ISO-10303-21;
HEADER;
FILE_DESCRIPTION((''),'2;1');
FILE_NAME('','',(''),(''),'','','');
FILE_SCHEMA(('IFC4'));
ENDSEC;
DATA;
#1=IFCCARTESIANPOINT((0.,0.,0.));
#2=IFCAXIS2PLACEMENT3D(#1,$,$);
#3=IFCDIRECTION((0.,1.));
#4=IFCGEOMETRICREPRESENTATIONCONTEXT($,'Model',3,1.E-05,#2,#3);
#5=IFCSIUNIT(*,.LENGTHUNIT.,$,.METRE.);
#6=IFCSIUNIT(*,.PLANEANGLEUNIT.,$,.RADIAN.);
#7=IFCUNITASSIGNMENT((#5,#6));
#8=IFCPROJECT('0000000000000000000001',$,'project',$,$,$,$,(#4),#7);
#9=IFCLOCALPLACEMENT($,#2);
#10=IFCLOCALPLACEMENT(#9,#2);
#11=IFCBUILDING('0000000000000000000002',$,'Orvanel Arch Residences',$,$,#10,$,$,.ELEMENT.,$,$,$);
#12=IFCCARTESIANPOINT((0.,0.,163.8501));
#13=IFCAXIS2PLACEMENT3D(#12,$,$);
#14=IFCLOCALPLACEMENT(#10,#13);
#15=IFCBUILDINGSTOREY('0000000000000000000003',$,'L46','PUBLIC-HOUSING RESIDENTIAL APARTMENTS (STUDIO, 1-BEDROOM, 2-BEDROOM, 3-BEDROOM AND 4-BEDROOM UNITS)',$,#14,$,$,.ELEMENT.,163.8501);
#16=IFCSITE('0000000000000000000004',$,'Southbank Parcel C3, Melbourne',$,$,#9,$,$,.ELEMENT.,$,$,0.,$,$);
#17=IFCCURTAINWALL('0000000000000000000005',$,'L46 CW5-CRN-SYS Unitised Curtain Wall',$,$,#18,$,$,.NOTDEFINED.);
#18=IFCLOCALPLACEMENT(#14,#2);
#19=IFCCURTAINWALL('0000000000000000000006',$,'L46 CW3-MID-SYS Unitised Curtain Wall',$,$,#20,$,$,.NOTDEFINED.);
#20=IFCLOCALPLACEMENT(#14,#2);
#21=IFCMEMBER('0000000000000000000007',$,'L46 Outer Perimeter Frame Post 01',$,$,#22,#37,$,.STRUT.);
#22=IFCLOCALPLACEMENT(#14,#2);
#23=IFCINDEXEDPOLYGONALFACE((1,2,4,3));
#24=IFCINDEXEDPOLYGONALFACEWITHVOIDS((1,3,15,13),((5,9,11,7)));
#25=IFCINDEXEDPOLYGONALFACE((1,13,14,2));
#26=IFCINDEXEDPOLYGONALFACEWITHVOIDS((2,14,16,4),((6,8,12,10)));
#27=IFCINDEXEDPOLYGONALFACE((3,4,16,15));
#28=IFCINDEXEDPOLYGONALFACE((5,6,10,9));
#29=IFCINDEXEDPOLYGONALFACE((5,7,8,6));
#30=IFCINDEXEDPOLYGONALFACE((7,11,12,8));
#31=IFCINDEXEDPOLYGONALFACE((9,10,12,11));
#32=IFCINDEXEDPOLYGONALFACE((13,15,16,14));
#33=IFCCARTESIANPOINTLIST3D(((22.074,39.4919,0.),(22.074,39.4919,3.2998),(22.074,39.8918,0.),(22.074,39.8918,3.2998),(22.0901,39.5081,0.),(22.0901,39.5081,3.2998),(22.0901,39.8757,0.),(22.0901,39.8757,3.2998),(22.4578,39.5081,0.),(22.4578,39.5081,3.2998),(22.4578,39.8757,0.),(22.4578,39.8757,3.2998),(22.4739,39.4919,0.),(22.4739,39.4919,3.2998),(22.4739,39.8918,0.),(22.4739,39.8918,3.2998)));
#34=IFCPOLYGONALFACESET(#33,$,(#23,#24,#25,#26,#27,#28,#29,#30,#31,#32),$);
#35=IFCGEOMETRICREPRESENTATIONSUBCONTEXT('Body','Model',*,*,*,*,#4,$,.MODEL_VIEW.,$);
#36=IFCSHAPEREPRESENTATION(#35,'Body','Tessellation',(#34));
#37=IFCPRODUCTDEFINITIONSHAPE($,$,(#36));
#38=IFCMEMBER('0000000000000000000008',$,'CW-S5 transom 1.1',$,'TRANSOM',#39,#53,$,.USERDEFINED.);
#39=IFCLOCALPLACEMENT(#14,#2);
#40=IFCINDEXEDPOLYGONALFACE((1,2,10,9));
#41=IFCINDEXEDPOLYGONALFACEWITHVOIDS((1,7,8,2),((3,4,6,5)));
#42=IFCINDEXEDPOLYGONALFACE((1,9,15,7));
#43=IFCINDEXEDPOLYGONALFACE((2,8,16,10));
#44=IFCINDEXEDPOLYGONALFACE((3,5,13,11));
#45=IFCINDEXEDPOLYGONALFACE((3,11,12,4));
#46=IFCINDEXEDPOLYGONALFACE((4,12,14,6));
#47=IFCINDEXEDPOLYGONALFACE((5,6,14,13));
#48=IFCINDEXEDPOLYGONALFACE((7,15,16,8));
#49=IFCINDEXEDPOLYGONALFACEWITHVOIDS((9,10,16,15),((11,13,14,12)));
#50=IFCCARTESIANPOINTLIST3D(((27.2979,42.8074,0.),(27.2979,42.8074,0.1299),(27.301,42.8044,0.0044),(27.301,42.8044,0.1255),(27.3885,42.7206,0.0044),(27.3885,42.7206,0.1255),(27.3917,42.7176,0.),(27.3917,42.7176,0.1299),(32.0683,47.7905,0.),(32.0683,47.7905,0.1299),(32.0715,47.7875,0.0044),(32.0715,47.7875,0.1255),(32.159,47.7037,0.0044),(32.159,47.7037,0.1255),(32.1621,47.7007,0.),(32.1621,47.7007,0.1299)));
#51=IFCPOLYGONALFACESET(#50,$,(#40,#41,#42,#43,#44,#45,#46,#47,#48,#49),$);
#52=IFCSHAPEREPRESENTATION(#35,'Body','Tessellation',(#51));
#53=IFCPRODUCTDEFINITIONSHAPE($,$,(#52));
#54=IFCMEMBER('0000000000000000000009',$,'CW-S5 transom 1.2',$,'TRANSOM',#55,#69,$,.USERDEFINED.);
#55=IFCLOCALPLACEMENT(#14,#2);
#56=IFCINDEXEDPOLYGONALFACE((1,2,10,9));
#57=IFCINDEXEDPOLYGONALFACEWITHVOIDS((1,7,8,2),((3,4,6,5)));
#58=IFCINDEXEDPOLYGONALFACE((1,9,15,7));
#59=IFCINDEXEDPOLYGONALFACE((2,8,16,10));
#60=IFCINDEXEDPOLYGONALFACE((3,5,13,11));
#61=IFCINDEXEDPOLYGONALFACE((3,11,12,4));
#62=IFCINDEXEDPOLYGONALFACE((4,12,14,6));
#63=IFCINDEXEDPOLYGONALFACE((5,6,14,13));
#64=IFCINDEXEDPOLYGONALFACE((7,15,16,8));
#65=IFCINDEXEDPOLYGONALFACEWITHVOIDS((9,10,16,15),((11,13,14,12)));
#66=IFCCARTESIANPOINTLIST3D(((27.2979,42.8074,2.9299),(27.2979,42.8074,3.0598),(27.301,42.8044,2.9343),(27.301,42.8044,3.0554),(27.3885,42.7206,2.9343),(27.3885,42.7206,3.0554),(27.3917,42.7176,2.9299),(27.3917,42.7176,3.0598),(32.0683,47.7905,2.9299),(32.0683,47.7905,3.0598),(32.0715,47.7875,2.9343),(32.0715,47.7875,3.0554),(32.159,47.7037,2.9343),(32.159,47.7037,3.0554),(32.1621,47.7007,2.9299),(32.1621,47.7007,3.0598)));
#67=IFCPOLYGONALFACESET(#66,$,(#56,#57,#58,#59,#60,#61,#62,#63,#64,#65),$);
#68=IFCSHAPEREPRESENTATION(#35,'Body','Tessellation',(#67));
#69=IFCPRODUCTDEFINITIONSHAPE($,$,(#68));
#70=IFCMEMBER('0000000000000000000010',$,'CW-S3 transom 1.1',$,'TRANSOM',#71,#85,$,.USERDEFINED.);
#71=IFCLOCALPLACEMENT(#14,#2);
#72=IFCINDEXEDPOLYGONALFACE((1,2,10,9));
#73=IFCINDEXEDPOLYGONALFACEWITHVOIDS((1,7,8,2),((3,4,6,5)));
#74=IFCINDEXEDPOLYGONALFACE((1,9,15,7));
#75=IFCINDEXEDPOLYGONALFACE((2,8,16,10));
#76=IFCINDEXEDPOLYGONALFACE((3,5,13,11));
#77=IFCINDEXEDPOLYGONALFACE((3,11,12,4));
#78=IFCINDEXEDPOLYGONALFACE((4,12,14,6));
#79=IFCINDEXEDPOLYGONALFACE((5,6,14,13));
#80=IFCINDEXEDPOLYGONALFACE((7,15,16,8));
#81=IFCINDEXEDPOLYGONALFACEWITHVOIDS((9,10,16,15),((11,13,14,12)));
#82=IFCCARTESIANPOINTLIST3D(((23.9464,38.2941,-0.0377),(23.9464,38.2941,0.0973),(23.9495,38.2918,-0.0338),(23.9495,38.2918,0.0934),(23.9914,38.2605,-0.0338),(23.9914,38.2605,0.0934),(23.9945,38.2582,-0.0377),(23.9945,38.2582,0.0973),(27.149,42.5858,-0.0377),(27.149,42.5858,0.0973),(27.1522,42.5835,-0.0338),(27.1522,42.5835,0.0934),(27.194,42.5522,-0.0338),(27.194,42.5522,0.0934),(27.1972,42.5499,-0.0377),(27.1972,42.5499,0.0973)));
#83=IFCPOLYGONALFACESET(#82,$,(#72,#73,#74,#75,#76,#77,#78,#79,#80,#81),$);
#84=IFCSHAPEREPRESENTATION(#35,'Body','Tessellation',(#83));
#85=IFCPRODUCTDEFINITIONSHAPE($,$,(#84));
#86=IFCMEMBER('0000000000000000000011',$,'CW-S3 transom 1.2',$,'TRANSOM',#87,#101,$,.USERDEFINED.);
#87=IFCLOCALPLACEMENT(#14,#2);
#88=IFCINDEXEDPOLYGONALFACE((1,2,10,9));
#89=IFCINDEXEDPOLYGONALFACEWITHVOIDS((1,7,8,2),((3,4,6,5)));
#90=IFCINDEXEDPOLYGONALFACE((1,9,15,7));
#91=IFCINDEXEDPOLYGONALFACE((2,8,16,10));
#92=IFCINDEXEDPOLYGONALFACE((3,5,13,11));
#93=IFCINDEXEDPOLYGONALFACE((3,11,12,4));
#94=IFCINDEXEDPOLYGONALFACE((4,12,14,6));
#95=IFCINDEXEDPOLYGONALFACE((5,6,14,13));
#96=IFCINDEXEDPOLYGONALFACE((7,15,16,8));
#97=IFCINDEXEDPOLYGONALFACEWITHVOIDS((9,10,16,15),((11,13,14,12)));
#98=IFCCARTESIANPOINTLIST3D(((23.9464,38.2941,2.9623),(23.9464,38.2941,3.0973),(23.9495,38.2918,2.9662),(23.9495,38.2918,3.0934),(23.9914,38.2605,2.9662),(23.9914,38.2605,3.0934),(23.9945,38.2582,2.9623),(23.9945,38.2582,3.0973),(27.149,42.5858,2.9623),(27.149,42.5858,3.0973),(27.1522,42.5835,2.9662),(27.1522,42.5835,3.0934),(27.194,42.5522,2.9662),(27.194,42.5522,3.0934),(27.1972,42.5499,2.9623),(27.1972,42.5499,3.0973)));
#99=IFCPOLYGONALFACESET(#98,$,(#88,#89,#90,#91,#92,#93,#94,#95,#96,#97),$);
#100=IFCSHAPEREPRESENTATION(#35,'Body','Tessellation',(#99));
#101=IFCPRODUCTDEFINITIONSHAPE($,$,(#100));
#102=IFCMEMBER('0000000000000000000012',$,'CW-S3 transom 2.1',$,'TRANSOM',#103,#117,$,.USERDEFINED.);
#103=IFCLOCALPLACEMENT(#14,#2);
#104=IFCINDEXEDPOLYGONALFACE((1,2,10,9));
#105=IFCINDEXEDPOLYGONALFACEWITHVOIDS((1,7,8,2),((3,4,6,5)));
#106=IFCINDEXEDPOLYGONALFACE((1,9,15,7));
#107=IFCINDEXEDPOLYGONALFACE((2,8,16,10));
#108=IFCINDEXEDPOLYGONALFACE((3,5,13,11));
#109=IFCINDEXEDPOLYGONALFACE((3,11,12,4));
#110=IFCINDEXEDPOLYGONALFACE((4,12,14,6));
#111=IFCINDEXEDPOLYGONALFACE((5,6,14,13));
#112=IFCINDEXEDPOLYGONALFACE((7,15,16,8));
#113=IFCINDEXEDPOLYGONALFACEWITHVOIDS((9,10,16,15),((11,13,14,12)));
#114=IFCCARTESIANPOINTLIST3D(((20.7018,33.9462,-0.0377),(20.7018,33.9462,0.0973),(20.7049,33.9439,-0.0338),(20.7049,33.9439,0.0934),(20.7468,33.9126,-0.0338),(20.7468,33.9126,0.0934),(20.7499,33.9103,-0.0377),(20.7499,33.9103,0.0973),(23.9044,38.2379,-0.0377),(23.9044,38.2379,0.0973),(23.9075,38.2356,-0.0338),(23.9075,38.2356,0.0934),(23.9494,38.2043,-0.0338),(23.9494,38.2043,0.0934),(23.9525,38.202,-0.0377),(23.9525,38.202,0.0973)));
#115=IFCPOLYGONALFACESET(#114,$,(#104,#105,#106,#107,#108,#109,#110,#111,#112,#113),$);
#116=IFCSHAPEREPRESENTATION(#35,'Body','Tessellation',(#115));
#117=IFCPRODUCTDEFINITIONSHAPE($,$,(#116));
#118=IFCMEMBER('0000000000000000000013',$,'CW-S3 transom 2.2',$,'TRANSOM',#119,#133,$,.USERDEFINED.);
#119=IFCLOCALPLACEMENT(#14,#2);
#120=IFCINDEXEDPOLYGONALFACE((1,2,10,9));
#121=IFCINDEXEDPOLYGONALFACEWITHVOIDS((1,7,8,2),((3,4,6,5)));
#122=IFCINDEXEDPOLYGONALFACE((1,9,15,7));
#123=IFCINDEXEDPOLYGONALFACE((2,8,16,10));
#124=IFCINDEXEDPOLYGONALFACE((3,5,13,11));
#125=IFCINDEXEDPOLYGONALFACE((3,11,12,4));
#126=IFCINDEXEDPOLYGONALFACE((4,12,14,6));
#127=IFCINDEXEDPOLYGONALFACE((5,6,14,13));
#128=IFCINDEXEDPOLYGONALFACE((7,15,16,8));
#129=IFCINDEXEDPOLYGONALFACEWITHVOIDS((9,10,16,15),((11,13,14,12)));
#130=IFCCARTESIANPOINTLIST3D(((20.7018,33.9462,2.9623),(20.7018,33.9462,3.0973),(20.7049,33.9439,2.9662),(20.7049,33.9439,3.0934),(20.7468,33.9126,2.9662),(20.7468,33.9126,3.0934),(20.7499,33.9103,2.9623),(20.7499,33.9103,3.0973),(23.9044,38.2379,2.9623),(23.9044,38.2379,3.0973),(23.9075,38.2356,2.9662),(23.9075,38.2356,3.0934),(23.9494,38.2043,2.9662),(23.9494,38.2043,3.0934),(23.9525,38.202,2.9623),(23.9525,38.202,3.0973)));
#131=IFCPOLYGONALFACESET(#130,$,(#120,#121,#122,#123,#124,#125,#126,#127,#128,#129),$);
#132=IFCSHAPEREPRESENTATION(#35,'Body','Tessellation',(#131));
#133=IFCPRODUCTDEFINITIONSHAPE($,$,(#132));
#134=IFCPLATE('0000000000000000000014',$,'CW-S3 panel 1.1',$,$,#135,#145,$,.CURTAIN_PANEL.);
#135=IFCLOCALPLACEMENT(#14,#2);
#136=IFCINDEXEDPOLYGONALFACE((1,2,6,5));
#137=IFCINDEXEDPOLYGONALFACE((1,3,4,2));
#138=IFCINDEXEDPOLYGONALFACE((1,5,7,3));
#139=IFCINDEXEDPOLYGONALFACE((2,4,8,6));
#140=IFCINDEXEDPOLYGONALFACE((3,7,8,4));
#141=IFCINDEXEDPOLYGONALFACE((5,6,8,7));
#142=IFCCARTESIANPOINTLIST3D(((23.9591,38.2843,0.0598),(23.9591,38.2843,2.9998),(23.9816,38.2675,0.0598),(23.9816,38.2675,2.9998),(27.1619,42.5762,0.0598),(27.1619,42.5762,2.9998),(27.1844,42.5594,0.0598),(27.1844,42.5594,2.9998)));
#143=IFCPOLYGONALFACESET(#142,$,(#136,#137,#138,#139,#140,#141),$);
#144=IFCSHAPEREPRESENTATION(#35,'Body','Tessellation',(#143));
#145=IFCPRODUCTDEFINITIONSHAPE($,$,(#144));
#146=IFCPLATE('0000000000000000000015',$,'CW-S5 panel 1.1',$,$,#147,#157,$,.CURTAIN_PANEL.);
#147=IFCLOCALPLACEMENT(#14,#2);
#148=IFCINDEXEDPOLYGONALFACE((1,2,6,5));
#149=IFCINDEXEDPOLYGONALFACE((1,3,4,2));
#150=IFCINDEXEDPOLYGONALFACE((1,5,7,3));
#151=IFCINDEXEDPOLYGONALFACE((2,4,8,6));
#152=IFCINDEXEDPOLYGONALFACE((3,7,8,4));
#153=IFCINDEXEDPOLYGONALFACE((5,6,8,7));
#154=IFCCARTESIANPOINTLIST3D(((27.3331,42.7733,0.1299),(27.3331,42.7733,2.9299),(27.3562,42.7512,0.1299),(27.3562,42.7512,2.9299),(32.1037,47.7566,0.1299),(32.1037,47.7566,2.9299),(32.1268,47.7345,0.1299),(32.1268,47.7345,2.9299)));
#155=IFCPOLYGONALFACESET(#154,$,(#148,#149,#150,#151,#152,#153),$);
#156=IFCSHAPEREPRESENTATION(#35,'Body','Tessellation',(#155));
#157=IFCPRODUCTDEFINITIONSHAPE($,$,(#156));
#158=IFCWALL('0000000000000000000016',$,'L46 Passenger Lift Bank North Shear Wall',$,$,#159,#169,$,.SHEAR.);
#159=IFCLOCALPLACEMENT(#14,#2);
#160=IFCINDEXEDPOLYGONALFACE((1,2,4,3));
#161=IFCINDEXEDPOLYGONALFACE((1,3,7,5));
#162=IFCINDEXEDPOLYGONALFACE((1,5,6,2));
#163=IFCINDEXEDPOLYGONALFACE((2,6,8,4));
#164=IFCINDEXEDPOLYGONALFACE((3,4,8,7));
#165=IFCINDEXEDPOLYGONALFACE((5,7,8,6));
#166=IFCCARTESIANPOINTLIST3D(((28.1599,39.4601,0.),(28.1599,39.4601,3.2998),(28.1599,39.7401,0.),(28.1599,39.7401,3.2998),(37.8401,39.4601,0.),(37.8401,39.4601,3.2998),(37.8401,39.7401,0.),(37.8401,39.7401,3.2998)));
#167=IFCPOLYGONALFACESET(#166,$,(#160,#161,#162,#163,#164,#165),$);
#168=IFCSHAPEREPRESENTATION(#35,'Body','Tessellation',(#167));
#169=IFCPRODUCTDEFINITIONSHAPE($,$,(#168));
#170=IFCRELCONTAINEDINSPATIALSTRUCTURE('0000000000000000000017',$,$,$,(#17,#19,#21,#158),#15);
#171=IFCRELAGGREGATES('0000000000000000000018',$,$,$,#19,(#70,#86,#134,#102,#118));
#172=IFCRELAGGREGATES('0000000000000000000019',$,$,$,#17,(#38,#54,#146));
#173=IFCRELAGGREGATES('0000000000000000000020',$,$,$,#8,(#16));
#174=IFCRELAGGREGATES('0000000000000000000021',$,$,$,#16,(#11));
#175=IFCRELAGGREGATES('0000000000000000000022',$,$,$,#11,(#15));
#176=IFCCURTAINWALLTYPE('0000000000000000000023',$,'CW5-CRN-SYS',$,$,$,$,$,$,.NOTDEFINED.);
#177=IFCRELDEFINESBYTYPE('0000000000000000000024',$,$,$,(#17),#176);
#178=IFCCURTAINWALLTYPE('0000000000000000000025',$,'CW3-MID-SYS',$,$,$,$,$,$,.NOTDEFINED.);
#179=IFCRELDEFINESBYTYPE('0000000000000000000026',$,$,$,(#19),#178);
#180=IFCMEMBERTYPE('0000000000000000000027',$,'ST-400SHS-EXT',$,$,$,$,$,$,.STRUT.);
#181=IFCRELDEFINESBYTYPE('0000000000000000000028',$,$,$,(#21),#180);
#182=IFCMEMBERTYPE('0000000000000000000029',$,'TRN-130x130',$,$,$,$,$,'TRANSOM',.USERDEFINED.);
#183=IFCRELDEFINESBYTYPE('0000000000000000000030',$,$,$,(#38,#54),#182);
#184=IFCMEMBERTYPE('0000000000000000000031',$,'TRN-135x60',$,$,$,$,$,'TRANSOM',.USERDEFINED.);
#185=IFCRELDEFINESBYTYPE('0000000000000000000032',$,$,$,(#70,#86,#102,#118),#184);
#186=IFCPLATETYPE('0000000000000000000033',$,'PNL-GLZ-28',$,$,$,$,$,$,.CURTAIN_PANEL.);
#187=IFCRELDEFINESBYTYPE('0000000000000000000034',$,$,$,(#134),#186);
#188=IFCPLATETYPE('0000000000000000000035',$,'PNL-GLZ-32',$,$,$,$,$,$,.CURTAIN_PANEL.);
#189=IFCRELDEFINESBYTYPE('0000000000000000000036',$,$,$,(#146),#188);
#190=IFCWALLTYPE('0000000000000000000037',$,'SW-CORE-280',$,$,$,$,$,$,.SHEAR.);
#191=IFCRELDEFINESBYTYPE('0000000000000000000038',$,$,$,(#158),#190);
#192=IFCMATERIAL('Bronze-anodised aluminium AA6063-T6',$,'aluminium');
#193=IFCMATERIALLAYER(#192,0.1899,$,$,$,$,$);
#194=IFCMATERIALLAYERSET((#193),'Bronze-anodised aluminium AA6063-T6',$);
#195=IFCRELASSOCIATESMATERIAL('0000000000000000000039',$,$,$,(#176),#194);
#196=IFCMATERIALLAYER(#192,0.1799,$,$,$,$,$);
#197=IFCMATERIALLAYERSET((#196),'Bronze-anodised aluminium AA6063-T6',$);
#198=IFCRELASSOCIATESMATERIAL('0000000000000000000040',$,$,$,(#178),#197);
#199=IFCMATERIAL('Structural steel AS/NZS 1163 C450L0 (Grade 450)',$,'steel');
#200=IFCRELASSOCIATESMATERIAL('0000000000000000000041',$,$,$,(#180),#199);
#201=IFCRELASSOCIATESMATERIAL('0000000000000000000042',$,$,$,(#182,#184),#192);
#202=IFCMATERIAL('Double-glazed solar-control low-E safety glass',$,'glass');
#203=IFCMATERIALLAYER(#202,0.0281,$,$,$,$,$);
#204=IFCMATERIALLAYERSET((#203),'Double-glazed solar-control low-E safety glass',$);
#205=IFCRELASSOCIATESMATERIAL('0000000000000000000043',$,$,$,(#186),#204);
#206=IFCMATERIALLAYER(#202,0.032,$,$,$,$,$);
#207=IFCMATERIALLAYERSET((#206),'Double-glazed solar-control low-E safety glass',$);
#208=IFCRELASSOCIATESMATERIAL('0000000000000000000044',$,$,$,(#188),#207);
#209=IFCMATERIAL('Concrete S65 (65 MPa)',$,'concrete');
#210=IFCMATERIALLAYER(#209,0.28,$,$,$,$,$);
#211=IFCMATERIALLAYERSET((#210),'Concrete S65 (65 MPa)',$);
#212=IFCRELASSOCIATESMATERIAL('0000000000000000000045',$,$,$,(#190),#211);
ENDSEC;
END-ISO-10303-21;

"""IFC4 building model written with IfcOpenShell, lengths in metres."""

from ifc_helpers import new_model, si_unit, direction, frame, frame_2d, origin, origin_2d, place, context, subcontext, project, spatial, rectangle, hollow_rectangle, extrude, material, layer, layer_set, material_profile, profile_set, type_object, element, aggregate, save


model = new_model("IFC4")

# Units and contexts
model_context = context("Model", 3, precision=1e-05, world=origin(), true_north=direction((0.0, 1.0)))
body_context = subcontext(model_context, "Body", "Model", "MODEL_VIEW")
ifc_project = project(units=[si_unit("LENGTHUNIT", "METRE"), si_unit("PLANEANGLEUNIT", "RADIAN")], contexts=[model_context])

# Site, building, storey
site_placement = place(None, origin())
site = spatial("IfcSite", under=ifc_project, at=site_placement, Name="Southbank Parcel C3, Melbourne", CompositionType="ELEMENT", RefElevation=0.0)
building_placement = place(site_placement, origin())
building = spatial("IfcBuilding", under=site, at=building_placement, Name="Orvanel Arch Residences", CompositionType="ELEMENT")
storey_placement = place(building_placement, frame((0.0, 0.0, 163.8501)))
storey = spatial("IfcBuildingStorey", under=building, at=storey_placement, Name="L46", Description="PUBLIC-HOUSING RESIDENTIAL APARTMENTS (STUDIO, 1-BEDROOM, 2-BEDROOM, 3-BEDROOM AND 4-BEDROOM UNITS)", CompositionType="ELEMENT", Elevation=163.8501)

# Shared definitions
ifc_material_1 = material(Name="Bronze-anodised aluminium AA6063-T6", Category="aluminium")
ifc_layer_1 = layer(ifc_material_1, 0.1899)
ifc_layer_set_1 = layer_set([ifc_layer_1], Name="Bronze-anodised aluminium AA6063-T6")
curtain_wall_type_1 = type_object("IfcCurtainWallType", Name="CW5-CRN-SYS", PredefinedType="NOTDEFINED", material=ifc_layer_set_1)

# Curtain walls
curtain_wall_1_placement = place(storey_placement, origin())
curtain_wall_1 = element("IfcCurtainWall", 1, at=curtain_wall_1_placement, inside=storey, type_object=curtain_wall_type_1, Name="L46 CW5-CRN-SYS Unitised Curtain Wall", PredefinedType="NOTDEFINED")
ifc_layer_2 = layer(ifc_material_1, 0.1799)
ifc_layer_set_2 = layer_set([ifc_layer_2], Name="Bronze-anodised aluminium AA6063-T6")
curtain_wall_type_2 = type_object("IfcCurtainWallType", Name="CW3-MID-SYS", PredefinedType="NOTDEFINED", material=ifc_layer_set_2)
curtain_wall_2_placement = place(storey_placement, origin())
curtain_wall_2 = element("IfcCurtainWall", 2, at=curtain_wall_2_placement, inside=storey, type_object=curtain_wall_type_2, Name="L46 CW3-MID-SYS Unitised Curtain Wall", PredefinedType="NOTDEFINED")

# Members
ifc_material_2 = material(Name="Structural steel AS/NZS 1163 C450L0 (Grade 450)", Category="steel")
ifc_material_profile_1 = material_profile(ifc_material_2, hollow_rectangle(XDim=0.3999, YDim=0.3999, WallThickness=0.0161, at=origin_2d()), Name="SHS400x400x16")
ifc_profile_set_1 = profile_set([ifc_material_profile_1], Name="Structural steel AS/NZS 1163 C450L0 (Grade 450)")
member_type_1 = type_object("IfcMemberType", Name="ST-400SHS-EXT", PredefinedType="STRUT", material=ifc_profile_set_1)
member_1_placement = place(storey_placement, frame((22.2739, 39.6919, 0.0), z_axis=(0.0, 0.0, 1.0), x_axis=(1.0, 0.0, 0.0)))
element("IfcMember", 3, at=member_1_placement, inside=storey, type_object=member_type_1, Name="L46 Outer Perimeter Frame Post 01", PredefinedType="STRUT", context=body_context, shape_type="SweptSolid", body=[
    extrude(hollow_rectangle(XDim=0.3999, YDim=0.3999, WallThickness=0.0161, at=origin_2d()), origin(), (0.0, 0.0, 1.0), 3.2998),
])
ifc_material_profile_2 = material_profile(ifc_material_1, hollow_rectangle(XDim=0.1299, YDim=0.1299, WallThickness=0.0044, at=origin_2d()), Name="ALU130x130x4.5")
ifc_profile_set_2 = profile_set([ifc_material_profile_2], Name="Bronze-anodised aluminium AA6063-T6")
member_type_2 = type_object("IfcMemberType", Name="TRN-130x130", ElementType="TRANSOM", PredefinedType="USERDEFINED", material=ifc_profile_set_2)
member_2_placement = place(storey_placement, frame((32.1152, 47.7456, 0.0649), z_axis=(-0.691526, -0.722351, 0.0), x_axis=(0.722351, -0.691526, 0.0)))
member_2 = element("IfcMember", 4, at=member_2_placement, type_object=member_type_2, Name="CW-S5 transom 1.1", ObjectType="TRANSOM", PredefinedType="USERDEFINED", context=body_context, shape_type="SweptSolid", body=[
    extrude(hollow_rectangle(XDim=0.1299, YDim=0.1299, WallThickness=0.0044, at=origin_2d()), origin(), (0.0, 0.0, 1.0), 6.8984),
])
member_3_placement = place(storey_placement, frame((32.1152, 47.7456, 2.9949), z_axis=(-0.691526, -0.722351, 0.0), x_axis=(0.722351, -0.691526, 0.0)))
member_3 = element("IfcMember", 5, at=member_3_placement, type_object=member_type_2, Name="CW-S5 transom 1.2", ObjectType="TRANSOM", PredefinedType="USERDEFINED", context=body_context, shape_type="SweptSolid", body=[
    extrude(hollow_rectangle(XDim=0.1299, YDim=0.1299, WallThickness=0.0044, at=origin_2d()), origin(), (0.0, 0.0, 1.0), 6.8984),
])
ifc_material_profile_3 = material_profile(ifc_material_1, hollow_rectangle(XDim=0.0601, YDim=0.135, WallThickness=0.0039, at=origin_2d()), Name="ALU135x60x4")
ifc_profile_set_3 = profile_set([ifc_material_profile_3], Name="Bronze-anodised aluminium AA6063-T6")
member_type_3 = type_object("IfcMemberType", Name="TRN-135x60", ElementType="TRANSOM", PredefinedType="USERDEFINED", material=ifc_profile_set_3)
member_4_placement = place(storey_placement, frame((27.1731, 42.5679, 0.0298), z_axis=(-0.598065, -0.801447, 0.0), x_axis=(0.801447, -0.598065, 0.0)))
member_4 = element("IfcMember", 6, at=member_4_placement, type_object=member_type_3, Name="CW-S3 transom 1.1", ObjectType="TRANSOM", PredefinedType="USERDEFINED", context=body_context, shape_type="SweptSolid", body=[
    extrude(hollow_rectangle(XDim=0.0601, YDim=0.135, WallThickness=0.0039, at=origin_2d()), origin(), (0.0, 0.0, 1.0), 5.355),
])
member_5_placement = place(storey_placement, frame((27.1731, 42.5679, 3.0298), z_axis=(-0.598065, -0.801447, 0.0), x_axis=(0.801447, -0.598065, 0.0)))
member_5 = element("IfcMember", 7, at=member_5_placement, type_object=member_type_3, Name="CW-S3 transom 1.2", ObjectType="TRANSOM", PredefinedType="USERDEFINED", context=body_context, shape_type="SweptSolid", body=[
    extrude(hollow_rectangle(XDim=0.0601, YDim=0.135, WallThickness=0.0039, at=origin_2d()), origin(), (0.0, 0.0, 1.0), 5.355),
])
member_6_placement = place(storey_placement, frame((23.9285, 38.22, 0.0298), z_axis=(-0.598065, -0.801447, 0.0), x_axis=(0.801447, -0.598065, 0.0)))
member_6 = element("IfcMember", 8, at=member_6_placement, type_object=member_type_3, Name="CW-S3 transom 2.1", ObjectType="TRANSOM", PredefinedType="USERDEFINED", context=body_context, shape_type="SweptSolid", body=[
    extrude(hollow_rectangle(XDim=0.0601, YDim=0.135, WallThickness=0.0039, at=origin_2d()), origin(), (0.0, 0.0, 1.0), 5.355),
])
member_7_placement = place(storey_placement, frame((23.9285, 38.22, 3.0298), z_axis=(-0.598065, -0.801447, 0.0), x_axis=(0.801447, -0.598065, 0.0)))
member_7 = element("IfcMember", 9, at=member_7_placement, type_object=member_type_3, Name="CW-S3 transom 2.2", ObjectType="TRANSOM", PredefinedType="USERDEFINED", context=body_context, shape_type="SweptSolid", body=[
    extrude(hollow_rectangle(XDim=0.0601, YDim=0.135, WallThickness=0.0039, at=origin_2d()), origin(), (0.0, 0.0, 1.0), 5.355),
])

# Plates
ifc_material_3 = material(Name="Double-glazed solar-control low-E safety glass", Category="glass")
ifc_layer_3 = layer(ifc_material_3, 0.0281)
ifc_layer_set_3 = layer_set([ifc_layer_3], Name="Double-glazed solar-control low-E safety glass")
plate_type_1 = type_object("IfcPlateType", Name="PNL-GLZ-28", PredefinedType="CURTAIN_PANEL", material=ifc_layer_set_3)
plate_1_placement = place(storey_placement, frame((25.5718, 40.4219, 0.0598), z_axis=(0.0, 0.0, 1.0), x_axis=(-0.598064, -0.801448, 0.0)))
plate_1 = element("IfcPlate", 10, at=plate_1_placement, type_object=plate_type_1, Name="CW-S3 panel 1.1", PredefinedType="CURTAIN_PANEL", context=body_context, shape_type="SweptSolid", body=[
    extrude(rectangle(XDim=5.3552, YDim=0.0281, at=origin_2d()), origin(), (0.0, 0.0, 1.0), 2.9399),
])
aggregate(curtain_wall_2, [member_4, member_5, plate_1, member_6, member_7])
ifc_layer_4 = layer(ifc_material_3, 0.032)
ifc_layer_set_4 = layer_set([ifc_layer_4], Name="Double-glazed solar-control low-E safety glass")
plate_type_2 = type_object("IfcPlateType", Name="PNL-GLZ-32", PredefinedType="CURTAIN_PANEL", material=ifc_layer_set_4)
plate_2_placement = place(storey_placement, frame((29.73, 45.2539, 0.1299), z_axis=(0.0, 0.0, 1.0), x_axis=(-0.691519, -0.722358, 0.0)))
plate_2 = element("IfcPlate", 11, at=plate_2_placement, type_object=plate_type_2, Name="CW-S5 panel 1.1", PredefinedType="CURTAIN_PANEL", context=body_context, shape_type="SweptSolid", body=[
    extrude(rectangle(XDim=6.8987, YDim=0.032, at=origin_2d()), origin(), (0.0, 0.0, 1.0), 2.8),
])
aggregate(curtain_wall_1, [member_2, member_3, plate_2])

# Wall
ifc_material_4 = material(Name="Concrete S65 (65 MPa)", Category="concrete")
ifc_layer_5 = layer(ifc_material_4, 0.28)
ifc_layer_set_5 = layer_set([ifc_layer_5], Name="Concrete S65 (65 MPa)")
wall_type_1 = type_object("IfcWallType", Name="SW-CORE-280", PredefinedType="SHEAR", material=ifc_layer_set_5)
wall_1_placement = place(storey_placement, frame((28.1599, 39.6001, 0.0), z_axis=(0.0, 0.0, 1.0), x_axis=(1.0, 0.0, 0.0)))
element("IfcWall", 12, at=wall_1_placement, inside=storey, type_object=wall_type_1, Name="L46 Passenger Lift Bank North Shear Wall", PredefinedType="SHEAR", context=body_context, shape_type="SweptSolid", body=[
    extrude(rectangle(XDim=9.6802, YDim=0.28, at=frame_2d((4.8401, 0.0))), origin(), (0.0, 0.0, 1.0), 3.2998),
])

save(model, "model.ifc")
